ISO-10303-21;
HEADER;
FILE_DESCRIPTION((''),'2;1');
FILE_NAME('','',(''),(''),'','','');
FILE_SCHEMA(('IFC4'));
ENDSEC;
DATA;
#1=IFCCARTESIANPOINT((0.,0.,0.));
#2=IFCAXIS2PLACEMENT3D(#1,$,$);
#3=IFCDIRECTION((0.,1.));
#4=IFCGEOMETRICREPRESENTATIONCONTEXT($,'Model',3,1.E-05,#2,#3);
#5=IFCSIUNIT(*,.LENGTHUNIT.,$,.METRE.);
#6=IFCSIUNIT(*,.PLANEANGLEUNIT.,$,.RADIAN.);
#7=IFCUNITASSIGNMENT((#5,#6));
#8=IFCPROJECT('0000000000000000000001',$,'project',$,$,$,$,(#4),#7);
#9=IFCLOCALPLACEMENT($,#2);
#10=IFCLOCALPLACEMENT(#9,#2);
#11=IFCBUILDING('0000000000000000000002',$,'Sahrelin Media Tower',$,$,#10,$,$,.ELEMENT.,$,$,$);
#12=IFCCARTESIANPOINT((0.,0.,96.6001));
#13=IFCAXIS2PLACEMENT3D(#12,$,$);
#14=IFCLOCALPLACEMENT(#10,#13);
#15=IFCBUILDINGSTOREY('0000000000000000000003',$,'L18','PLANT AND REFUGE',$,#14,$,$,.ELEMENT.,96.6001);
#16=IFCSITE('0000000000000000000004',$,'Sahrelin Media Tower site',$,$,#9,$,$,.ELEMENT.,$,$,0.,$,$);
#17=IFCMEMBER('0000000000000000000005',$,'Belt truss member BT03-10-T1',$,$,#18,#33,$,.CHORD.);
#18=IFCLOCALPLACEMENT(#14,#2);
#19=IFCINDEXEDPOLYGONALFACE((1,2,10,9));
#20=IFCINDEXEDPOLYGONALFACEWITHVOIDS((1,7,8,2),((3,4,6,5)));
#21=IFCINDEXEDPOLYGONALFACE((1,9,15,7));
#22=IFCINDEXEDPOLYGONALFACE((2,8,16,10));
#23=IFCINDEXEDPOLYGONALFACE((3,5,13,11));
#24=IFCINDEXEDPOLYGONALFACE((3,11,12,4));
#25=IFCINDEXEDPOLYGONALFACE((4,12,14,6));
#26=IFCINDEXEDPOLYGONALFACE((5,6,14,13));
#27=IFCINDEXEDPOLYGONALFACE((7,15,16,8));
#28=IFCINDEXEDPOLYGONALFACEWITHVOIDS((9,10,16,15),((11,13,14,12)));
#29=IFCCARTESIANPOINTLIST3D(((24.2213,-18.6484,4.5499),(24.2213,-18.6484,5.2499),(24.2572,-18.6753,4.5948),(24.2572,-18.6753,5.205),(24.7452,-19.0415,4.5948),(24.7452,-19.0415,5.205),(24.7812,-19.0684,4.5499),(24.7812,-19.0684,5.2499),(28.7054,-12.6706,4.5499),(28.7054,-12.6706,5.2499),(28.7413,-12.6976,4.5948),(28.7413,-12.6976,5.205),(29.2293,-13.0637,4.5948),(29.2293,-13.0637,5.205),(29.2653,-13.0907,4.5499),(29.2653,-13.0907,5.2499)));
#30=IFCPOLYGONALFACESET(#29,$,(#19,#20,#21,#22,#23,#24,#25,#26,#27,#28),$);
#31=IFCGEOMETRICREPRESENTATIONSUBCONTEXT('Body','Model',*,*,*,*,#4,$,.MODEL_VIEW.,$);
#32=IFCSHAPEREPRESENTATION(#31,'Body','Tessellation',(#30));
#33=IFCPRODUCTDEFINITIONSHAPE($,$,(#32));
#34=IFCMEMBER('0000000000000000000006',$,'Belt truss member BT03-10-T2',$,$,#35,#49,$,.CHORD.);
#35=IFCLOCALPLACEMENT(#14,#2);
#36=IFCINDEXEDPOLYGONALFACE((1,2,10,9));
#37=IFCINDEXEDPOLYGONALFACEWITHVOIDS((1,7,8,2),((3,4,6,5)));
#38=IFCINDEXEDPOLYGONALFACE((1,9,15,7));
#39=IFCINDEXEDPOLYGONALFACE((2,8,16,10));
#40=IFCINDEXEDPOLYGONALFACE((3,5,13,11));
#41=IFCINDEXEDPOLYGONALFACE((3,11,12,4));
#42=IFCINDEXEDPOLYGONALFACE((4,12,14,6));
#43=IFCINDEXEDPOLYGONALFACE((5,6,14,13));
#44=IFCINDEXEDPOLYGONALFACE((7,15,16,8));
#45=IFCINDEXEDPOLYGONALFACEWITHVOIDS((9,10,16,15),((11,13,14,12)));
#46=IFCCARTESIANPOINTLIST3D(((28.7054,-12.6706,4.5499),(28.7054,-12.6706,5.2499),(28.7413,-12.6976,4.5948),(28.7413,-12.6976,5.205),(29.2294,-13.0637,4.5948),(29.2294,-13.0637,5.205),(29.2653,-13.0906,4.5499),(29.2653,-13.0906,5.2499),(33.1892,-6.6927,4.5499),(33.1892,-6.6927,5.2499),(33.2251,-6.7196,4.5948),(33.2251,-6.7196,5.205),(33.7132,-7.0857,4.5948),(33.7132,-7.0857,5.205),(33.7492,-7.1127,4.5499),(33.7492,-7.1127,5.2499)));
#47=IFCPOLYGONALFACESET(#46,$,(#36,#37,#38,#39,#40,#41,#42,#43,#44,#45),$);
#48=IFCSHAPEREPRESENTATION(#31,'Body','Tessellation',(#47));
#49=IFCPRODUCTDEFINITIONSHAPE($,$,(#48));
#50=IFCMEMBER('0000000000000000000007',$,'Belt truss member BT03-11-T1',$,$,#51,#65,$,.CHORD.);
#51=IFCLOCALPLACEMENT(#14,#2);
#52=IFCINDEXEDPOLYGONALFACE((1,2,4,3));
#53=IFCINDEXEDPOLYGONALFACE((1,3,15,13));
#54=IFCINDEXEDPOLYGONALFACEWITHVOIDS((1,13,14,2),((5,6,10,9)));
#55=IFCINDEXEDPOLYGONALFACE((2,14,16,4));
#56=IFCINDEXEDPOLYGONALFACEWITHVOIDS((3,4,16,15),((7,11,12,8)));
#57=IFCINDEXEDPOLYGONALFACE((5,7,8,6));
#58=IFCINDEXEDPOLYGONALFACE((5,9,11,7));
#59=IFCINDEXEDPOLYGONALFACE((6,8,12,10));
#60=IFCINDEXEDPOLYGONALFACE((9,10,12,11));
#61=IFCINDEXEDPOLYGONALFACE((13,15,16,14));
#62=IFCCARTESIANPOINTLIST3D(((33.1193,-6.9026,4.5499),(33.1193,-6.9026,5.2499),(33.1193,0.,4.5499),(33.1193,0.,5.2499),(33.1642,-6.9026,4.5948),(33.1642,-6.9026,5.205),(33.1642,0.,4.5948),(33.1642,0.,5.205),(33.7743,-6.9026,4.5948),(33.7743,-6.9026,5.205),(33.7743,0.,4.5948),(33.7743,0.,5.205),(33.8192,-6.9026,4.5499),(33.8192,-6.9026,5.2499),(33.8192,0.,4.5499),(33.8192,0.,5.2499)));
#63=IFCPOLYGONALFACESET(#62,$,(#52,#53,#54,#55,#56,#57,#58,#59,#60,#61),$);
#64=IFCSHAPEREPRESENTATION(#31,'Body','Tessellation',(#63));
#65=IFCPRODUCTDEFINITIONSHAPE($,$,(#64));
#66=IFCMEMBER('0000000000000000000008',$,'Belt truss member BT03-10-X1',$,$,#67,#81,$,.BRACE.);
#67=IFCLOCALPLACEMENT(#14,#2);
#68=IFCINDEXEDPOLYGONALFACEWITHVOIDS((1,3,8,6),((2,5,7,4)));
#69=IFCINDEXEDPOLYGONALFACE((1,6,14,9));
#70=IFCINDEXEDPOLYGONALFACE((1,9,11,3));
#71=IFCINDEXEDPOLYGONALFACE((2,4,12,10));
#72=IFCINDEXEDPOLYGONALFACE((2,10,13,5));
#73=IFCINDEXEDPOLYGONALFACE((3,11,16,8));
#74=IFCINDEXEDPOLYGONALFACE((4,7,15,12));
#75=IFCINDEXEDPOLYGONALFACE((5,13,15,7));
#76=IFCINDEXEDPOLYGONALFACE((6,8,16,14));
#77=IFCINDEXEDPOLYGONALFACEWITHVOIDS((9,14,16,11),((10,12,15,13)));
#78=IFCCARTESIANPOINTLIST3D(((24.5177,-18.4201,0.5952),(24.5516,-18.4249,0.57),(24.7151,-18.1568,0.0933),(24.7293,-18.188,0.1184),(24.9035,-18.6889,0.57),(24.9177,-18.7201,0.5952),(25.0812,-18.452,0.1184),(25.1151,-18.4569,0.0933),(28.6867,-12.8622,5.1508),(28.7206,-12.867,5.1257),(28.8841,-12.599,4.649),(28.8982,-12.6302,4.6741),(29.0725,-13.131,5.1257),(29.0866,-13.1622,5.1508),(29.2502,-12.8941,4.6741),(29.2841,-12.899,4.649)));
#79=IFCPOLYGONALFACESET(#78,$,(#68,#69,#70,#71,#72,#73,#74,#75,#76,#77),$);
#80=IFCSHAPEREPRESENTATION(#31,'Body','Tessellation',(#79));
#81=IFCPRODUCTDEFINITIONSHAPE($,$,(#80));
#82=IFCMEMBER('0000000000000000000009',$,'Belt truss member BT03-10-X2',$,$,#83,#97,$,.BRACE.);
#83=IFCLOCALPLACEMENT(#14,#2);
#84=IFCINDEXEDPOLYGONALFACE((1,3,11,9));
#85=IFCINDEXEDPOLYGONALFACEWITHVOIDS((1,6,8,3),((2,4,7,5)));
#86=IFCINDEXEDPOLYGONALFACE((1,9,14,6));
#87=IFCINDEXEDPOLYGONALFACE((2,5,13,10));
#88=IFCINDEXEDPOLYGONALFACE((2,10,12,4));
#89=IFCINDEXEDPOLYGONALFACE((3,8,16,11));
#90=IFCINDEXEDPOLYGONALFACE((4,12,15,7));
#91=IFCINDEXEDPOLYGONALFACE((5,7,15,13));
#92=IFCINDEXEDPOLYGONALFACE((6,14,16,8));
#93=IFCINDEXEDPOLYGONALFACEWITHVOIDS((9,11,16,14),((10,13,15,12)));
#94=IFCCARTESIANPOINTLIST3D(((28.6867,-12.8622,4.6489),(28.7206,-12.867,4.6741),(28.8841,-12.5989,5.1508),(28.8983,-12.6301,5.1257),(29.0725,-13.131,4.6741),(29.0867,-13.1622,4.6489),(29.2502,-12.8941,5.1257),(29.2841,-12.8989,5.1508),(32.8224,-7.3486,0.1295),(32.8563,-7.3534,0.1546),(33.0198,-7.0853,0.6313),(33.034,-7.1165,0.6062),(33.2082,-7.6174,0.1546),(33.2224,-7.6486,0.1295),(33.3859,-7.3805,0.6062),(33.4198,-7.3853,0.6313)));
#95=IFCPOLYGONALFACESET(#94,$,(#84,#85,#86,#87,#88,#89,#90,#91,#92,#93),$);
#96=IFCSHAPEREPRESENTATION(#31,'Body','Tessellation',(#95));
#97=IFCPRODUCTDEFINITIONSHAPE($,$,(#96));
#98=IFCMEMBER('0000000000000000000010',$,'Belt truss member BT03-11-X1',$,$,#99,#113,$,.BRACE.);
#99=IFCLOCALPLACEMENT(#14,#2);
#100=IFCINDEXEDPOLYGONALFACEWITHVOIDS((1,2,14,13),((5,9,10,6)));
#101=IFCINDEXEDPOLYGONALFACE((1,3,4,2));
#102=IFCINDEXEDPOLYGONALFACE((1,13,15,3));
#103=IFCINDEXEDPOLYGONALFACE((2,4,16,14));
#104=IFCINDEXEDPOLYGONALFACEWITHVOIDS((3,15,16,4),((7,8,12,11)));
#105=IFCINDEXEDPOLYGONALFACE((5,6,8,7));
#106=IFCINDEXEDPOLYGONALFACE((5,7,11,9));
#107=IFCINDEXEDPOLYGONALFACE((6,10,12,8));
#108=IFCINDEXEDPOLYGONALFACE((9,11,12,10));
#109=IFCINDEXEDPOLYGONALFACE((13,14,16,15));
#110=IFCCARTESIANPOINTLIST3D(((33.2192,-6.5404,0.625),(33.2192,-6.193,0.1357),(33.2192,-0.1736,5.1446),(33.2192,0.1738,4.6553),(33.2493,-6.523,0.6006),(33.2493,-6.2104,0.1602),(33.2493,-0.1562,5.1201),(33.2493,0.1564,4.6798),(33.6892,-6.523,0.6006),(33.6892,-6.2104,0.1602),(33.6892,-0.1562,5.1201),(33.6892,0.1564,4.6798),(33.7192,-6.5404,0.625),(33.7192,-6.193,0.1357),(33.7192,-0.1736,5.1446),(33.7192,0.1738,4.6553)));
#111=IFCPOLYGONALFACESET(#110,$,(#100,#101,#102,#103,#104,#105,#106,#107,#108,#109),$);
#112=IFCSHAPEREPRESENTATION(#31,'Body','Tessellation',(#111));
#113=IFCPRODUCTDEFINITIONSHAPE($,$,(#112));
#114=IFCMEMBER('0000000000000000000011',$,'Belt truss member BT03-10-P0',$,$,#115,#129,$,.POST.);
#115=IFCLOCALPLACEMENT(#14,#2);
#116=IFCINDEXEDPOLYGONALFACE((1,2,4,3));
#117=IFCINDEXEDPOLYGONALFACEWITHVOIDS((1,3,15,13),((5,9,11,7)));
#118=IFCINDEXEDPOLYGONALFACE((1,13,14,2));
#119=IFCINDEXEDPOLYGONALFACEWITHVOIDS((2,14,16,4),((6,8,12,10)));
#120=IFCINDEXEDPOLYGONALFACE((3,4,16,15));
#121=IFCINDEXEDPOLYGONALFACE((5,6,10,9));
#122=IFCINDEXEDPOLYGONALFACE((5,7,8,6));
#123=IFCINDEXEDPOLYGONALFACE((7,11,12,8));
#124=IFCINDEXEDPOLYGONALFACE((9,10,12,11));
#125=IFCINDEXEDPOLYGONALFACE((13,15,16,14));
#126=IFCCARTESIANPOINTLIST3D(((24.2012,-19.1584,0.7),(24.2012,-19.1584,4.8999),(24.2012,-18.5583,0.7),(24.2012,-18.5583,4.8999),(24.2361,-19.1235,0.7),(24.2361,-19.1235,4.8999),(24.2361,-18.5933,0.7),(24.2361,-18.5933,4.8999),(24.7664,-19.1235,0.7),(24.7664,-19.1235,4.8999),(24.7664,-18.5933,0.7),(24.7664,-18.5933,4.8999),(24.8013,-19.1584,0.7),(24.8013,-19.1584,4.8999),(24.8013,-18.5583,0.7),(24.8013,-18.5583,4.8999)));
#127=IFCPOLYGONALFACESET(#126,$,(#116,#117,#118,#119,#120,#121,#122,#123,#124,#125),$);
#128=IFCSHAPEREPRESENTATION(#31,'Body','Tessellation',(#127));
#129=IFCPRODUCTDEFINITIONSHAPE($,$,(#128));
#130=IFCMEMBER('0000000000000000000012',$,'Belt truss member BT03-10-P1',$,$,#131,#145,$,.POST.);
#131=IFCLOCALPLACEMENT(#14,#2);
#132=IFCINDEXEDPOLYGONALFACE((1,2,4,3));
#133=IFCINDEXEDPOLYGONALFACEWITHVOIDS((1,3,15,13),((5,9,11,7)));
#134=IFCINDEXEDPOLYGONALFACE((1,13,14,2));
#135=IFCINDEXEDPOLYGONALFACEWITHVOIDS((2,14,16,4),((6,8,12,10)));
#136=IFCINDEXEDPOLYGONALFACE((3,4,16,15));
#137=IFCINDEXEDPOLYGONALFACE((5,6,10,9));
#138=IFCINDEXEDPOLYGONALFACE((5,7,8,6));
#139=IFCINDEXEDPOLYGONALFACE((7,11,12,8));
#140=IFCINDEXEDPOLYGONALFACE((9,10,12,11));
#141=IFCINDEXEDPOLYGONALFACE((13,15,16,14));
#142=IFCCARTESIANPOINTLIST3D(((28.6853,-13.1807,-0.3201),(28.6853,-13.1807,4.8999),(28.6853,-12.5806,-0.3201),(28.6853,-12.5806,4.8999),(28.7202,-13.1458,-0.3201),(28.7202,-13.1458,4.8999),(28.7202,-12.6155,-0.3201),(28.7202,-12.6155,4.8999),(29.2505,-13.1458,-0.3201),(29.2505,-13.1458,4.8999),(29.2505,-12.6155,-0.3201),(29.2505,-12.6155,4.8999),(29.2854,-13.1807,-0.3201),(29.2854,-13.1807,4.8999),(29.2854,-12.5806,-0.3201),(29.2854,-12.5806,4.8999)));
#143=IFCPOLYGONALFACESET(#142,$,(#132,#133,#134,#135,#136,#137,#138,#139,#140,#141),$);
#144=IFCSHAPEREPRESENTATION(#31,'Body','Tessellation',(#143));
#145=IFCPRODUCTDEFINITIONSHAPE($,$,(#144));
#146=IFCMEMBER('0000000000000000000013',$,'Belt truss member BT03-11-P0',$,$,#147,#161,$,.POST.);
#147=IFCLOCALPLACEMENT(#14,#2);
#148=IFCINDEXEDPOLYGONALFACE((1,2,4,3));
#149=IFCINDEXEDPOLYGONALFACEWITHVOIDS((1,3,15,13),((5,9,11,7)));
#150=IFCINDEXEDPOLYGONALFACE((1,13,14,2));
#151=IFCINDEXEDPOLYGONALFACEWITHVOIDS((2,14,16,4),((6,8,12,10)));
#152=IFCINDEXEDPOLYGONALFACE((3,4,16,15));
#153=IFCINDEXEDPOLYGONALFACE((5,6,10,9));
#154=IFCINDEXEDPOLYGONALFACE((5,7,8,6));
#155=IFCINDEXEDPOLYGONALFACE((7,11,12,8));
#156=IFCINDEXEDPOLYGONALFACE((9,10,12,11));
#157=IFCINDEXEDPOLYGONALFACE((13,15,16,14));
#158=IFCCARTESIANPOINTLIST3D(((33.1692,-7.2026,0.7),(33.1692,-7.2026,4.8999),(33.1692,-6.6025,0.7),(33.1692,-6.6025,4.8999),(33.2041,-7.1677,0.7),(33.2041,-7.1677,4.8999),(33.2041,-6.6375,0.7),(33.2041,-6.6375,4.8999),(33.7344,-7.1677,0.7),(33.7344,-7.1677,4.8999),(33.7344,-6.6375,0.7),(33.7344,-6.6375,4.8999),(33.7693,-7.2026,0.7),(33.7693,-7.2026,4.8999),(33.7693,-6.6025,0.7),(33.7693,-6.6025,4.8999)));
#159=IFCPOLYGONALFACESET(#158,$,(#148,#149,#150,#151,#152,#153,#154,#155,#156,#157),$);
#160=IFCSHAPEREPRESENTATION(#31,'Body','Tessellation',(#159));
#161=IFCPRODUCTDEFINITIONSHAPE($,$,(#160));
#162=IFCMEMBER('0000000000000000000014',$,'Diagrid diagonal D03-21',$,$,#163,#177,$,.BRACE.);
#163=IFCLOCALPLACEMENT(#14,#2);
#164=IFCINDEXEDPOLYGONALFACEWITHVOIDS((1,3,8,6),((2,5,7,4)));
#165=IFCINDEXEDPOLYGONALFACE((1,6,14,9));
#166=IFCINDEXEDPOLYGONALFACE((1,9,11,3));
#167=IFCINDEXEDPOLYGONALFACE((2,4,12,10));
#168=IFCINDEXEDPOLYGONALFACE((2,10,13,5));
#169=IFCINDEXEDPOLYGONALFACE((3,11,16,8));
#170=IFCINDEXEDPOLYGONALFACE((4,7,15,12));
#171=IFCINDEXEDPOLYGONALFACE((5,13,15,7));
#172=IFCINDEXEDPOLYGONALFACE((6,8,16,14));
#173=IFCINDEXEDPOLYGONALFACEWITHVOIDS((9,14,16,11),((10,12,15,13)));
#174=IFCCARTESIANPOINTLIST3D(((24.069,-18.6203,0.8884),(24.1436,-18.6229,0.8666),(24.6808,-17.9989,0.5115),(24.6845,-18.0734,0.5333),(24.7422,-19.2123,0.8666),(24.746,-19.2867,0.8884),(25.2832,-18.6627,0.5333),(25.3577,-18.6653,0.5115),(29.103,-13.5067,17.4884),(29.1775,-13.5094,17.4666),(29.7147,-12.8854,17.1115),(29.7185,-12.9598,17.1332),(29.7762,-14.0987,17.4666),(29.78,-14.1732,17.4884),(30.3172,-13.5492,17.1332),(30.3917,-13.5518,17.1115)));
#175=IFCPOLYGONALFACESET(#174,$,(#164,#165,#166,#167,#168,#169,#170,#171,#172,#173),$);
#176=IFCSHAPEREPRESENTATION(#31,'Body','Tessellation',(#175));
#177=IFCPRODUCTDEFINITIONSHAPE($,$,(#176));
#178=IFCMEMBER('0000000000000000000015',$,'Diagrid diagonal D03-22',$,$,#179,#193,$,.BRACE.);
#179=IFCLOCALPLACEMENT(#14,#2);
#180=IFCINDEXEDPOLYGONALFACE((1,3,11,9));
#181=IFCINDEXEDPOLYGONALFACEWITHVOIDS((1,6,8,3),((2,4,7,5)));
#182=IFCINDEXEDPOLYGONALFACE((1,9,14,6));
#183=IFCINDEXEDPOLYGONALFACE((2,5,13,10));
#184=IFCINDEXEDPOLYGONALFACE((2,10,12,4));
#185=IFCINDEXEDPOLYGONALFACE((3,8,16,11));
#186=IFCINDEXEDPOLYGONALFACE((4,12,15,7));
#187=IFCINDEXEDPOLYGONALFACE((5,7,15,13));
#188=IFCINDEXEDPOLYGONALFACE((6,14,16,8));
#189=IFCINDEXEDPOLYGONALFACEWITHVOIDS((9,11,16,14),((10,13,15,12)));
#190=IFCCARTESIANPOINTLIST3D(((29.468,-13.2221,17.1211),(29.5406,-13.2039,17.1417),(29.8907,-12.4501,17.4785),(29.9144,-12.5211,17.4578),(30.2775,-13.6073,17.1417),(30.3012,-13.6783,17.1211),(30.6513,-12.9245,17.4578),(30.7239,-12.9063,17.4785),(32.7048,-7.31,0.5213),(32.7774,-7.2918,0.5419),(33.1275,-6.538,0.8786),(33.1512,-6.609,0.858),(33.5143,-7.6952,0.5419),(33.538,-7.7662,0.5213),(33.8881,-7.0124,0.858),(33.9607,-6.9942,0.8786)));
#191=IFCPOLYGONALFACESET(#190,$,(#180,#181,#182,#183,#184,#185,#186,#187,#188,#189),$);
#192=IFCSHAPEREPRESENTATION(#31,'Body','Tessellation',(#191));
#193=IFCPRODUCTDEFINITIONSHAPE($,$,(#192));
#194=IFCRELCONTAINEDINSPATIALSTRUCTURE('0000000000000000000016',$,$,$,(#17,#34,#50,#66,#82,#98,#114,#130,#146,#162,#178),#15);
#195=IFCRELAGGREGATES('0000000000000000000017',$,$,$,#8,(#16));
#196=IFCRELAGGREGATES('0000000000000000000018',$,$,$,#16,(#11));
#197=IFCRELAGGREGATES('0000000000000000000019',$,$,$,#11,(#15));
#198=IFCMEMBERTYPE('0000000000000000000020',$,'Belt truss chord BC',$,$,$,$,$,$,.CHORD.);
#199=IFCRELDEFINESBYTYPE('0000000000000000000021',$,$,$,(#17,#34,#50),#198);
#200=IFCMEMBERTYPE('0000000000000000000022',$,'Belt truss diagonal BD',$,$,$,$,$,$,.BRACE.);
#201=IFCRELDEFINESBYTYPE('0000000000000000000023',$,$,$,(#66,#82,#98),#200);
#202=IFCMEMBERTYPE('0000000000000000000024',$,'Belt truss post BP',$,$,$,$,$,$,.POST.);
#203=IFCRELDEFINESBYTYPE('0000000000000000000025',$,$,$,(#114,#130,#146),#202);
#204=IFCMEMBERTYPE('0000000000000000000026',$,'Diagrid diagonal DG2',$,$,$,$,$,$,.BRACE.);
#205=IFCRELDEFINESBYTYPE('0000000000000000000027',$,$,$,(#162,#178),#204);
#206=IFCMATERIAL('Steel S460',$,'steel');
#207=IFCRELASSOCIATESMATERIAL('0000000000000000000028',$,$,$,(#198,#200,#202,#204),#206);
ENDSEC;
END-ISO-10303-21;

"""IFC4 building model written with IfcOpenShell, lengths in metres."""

from ifc_helpers import new_model, si_unit, direction, frame, origin, origin_2d, place, context, subcontext, project, spatial, hollow_rectangle, extrude, material, material_profile, profile_set, type_object, element, save


model = new_model("IFC4")

# Units and contexts
model_context = context("Model", 3, precision=1e-05, world=origin(), true_north=direction((0.0, 1.0)))
body_context = subcontext(model_context, "Body", "Model", "MODEL_VIEW")
ifc_project = project(units=[si_unit("LENGTHUNIT", "METRE"), si_unit("PLANEANGLEUNIT", "RADIAN")], contexts=[model_context])

# Site, building, storey
site_placement = place(None, origin())
site = spatial("IfcSite", under=ifc_project, at=site_placement, Name="Sahrelin Media Tower site", CompositionType="ELEMENT", RefElevation=0.0)
building_placement = place(site_placement, origin())
building = spatial("IfcBuilding", under=site, at=building_placement, Name="Sahrelin Media Tower", CompositionType="ELEMENT")
storey_placement = place(building_placement, frame((0.0, 0.0, 96.6001)))
storey = spatial("IfcBuildingStorey", under=building, at=storey_placement, Name="L18", Description="PLANT AND REFUGE", CompositionType="ELEMENT", Elevation=96.6001)

# Members
ifc_material_1 = material(Name="Steel S460", Category="steel")
ifc_material_profile_1 = material_profile(ifc_material_1, hollow_rectangle(XDim=0.7, YDim=0.7, WallThickness=0.0449, at=origin_2d()), Name="Belt truss chord BC")
ifc_profile_set_1 = profile_set([ifc_material_profile_1], Name="Steel S460")
member_type_1 = type_object("IfcMemberType", Name="Belt truss chord BC", PredefinedType="CHORD", material=ifc_profile_set_1)
for number, where, z_axis, x_axis, name in (
    (1, (24.5012, -18.8584, 4.8999), (0.600068, 0.799949, 0.0), (-0.799949, 0.600068, 0.0), "Belt truss member BT03-10-T1"),
    (2, (28.9854, -12.8806, 4.8999), (0.600031, 0.799976, 0.0), (-0.799976, 0.600031, 0.0), "Belt truss member BT03-10-T2"),
):
    element("IfcMember", number, at=place(storey_placement, frame(where, z_axis=z_axis, x_axis=x_axis)), inside=storey, type_object=member_type_1, Name=name, PredefinedType="CHORD", context=body_context, shape_type="SweptSolid", body=[
        extrude(hollow_rectangle(XDim=0.7, YDim=0.7, WallThickness=0.0449, at=origin_2d()), origin(), (0.0, 0.0, 1.0), 7.4727),
    ])
member_1_placement = place(storey_placement, frame((33.4692, -6.9026, 4.8999), z_axis=(0.0, 1.0, 0.0), x_axis=(-1.0, 0.0, 0.0)))
element("IfcMember", 3, at=member_1_placement, inside=storey, type_object=member_type_1, Name="Belt truss member BT03-11-T1", PredefinedType="CHORD", context=body_context, shape_type="SweptSolid", body=[
    extrude(hollow_rectangle(XDim=0.7, YDim=0.7, WallThickness=0.0449, at=origin_2d()), origin(), (0.0, 0.0, 1.0), 6.9026),
])
ifc_material_profile_2 = material_profile(ifc_material_1, hollow_rectangle(XDim=0.5, YDim=0.6001, WallThickness=0.03, at=origin_2d()), Name="Belt truss diagonal BD")
ifc_profile_set_2 = profile_set([ifc_material_profile_2], Name="Steel S460")
member_type_2 = type_object("IfcMemberType", Name="Belt truss diagonal BD", PredefinedType="BRACE", material=ifc_profile_set_2)
member_2_placement = place(storey_placement, frame((24.8164, -18.4385, 0.3442), z_axis=(0.501795, 0.668972, 0.548342), x_axis=(-0.799962, 0.600051, 0.0)))
element("IfcMember", 4, at=member_2_placement, inside=storey, type_object=member_type_2, Name="Belt truss member BT03-10-X1", PredefinedType="BRACE", context=body_context, shape_type="SweptSolid", body=[
    extrude(hollow_rectangle(XDim=0.5, YDim=0.6001, WallThickness=0.03, at=origin_2d()), origin(), (0.0, 0.0, 1.0), 8.3081),
])
member_3_placement = place(storey_placement, frame((33.1211, -7.3669, 0.3804), z_axis=(-0.501787, -0.66897, 0.548352), x_axis=(0.799966, -0.600045, 0.0)))
element("IfcMember", 5, at=member_3_placement, inside=storey, type_object=member_type_2, Name="Belt truss member BT03-10-X2", PredefinedType="BRACE", context=body_context, shape_type="SweptSolid", body=[
    extrude(hollow_rectangle(XDim=0.5, YDim=0.6001, WallThickness=0.03, at=origin_2d()), origin(), (0.0, 0.0, 1.0), 8.2419),
])
member_4_placement = place(storey_placement, frame((33.4692, -6.3667, 0.3804), z_axis=(0.0, 0.815433, 0.578852), x_axis=(-1.0, 0.0, 0.0)))
element("IfcMember", 6, at=member_4_placement, inside=storey, type_object=member_type_2, Name="Belt truss member BT03-11-X1", PredefinedType="BRACE", context=body_context, shape_type="SweptSolid", body=[
    extrude(hollow_rectangle(XDim=0.5, YDim=0.6001, WallThickness=0.03, at=origin_2d()), origin(), (0.0, 0.0, 1.0), 7.8079),
])
ifc_material_profile_3 = material_profile(ifc_material_1, hollow_rectangle(XDim=0.6001, YDim=0.6001, WallThickness=0.0349, at=origin_2d()), Name="Belt truss post BP")
ifc_profile_set_3 = profile_set([ifc_material_profile_3], Name="Steel S460")
member_type_3 = type_object("IfcMemberType", Name="Belt truss post BP", PredefinedType="POST", material=ifc_profile_set_3)
member_5_placement = place(storey_placement, frame((24.5012, -18.8584, 0.7), z_axis=(0.0, 0.0, 1.0), x_axis=(1.0, 0.0, 0.0)))
element("IfcMember", 7, at=member_5_placement, inside=storey, type_object=member_type_3, Name="Belt truss member BT03-10-P0", PredefinedType="POST", context=body_context, shape_type="SweptSolid", body=[
    extrude(hollow_rectangle(XDim=0.6001, YDim=0.6001, WallThickness=0.0349, at=origin_2d()), origin(), (0.0, 0.0, 1.0), 4.2),
])
member_6_placement = place(storey_placement, frame((28.9854, -12.8806, -0.3201), z_axis=(0.0, 0.0, 1.0), x_axis=(1.0, 0.0, 0.0)))
element("IfcMember", 8, at=member_6_placement, inside=storey, type_object=member_type_3, Name="Belt truss member BT03-10-P1", PredefinedType="POST", context=body_context, shape_type="SweptSolid", body=[
    extrude(hollow_rectangle(XDim=0.6001, YDim=0.6001, WallThickness=0.0349, at=origin_2d()), origin(), (0.0, 0.0, 1.0), 5.22),
])
member_7_placement = place(storey_placement, frame((33.4692, -6.9026, 0.7), z_axis=(0.0, 0.0, 1.0), x_axis=(1.0, 0.0, 0.0)))
element("IfcMember", 9, at=member_7_placement, inside=storey, type_object=member_type_3, Name="Belt truss member BT03-11-P0", PredefinedType="POST", context=body_context, shape_type="SweptSolid", body=[
    extrude(hollow_rectangle(XDim=0.6001, YDim=0.6001, WallThickness=0.0349, at=origin_2d()), origin(), (0.0, 0.0, 1.0), 4.2),
])
ifc_material_profile_4 = material_profile(ifc_material_1, hollow_rectangle(XDim=0.95, YDim=0.95, WallThickness=0.0549, at=origin_2d()), Name="Diagrid diagonal DG2")
ifc_profile_set_4 = profile_set([ifc_material_profile_4], Name="Steel S460")
member_type_4 = type_object("IfcMemberType", Name="Diagrid diagonal DG2", PredefinedType="BRACE", material=ifc_profile_set_4)
member_8_placement = place(storey_placement, frame((24.7134, -18.6428, 0.7), z_axis=(0.278359, 0.28276, 0.917913), x_axis=(-0.712631, 0.701539, 0.0)))
element("IfcMember", 10, at=member_8_placement, inside=storey, type_object=member_type_4, Name="Diagrid diagonal D03-21", PredefinedType="BRACE", context=body_context, shape_type="SweptSolid", body=[
    extrude(hollow_rectangle(XDim=0.95, YDim=0.95, WallThickness=0.0549, at=origin_2d()), origin(), (0.0, 0.0, 1.0), 18.0845),
])
member_9_placement = place(storey_placement, frame((33.3328, -7.1521, 0.7), z_axis=(-0.180666, -0.329989, 0.926535), x_axis=(0.877144, -0.480227, 0.0)))
element("IfcMember", 11, at=member_9_placement, inside=storey, type_object=member_type_4, Name="Diagrid diagonal D03-22", PredefinedType="BRACE", context=body_context, shape_type="SweptSolid", body=[
    extrude(hollow_rectangle(XDim=0.95, YDim=0.95, WallThickness=0.0549, at=origin_2d()), origin(), (0.0, 0.0, 1.0), 17.916),
])

save(model, "model.ifc")
